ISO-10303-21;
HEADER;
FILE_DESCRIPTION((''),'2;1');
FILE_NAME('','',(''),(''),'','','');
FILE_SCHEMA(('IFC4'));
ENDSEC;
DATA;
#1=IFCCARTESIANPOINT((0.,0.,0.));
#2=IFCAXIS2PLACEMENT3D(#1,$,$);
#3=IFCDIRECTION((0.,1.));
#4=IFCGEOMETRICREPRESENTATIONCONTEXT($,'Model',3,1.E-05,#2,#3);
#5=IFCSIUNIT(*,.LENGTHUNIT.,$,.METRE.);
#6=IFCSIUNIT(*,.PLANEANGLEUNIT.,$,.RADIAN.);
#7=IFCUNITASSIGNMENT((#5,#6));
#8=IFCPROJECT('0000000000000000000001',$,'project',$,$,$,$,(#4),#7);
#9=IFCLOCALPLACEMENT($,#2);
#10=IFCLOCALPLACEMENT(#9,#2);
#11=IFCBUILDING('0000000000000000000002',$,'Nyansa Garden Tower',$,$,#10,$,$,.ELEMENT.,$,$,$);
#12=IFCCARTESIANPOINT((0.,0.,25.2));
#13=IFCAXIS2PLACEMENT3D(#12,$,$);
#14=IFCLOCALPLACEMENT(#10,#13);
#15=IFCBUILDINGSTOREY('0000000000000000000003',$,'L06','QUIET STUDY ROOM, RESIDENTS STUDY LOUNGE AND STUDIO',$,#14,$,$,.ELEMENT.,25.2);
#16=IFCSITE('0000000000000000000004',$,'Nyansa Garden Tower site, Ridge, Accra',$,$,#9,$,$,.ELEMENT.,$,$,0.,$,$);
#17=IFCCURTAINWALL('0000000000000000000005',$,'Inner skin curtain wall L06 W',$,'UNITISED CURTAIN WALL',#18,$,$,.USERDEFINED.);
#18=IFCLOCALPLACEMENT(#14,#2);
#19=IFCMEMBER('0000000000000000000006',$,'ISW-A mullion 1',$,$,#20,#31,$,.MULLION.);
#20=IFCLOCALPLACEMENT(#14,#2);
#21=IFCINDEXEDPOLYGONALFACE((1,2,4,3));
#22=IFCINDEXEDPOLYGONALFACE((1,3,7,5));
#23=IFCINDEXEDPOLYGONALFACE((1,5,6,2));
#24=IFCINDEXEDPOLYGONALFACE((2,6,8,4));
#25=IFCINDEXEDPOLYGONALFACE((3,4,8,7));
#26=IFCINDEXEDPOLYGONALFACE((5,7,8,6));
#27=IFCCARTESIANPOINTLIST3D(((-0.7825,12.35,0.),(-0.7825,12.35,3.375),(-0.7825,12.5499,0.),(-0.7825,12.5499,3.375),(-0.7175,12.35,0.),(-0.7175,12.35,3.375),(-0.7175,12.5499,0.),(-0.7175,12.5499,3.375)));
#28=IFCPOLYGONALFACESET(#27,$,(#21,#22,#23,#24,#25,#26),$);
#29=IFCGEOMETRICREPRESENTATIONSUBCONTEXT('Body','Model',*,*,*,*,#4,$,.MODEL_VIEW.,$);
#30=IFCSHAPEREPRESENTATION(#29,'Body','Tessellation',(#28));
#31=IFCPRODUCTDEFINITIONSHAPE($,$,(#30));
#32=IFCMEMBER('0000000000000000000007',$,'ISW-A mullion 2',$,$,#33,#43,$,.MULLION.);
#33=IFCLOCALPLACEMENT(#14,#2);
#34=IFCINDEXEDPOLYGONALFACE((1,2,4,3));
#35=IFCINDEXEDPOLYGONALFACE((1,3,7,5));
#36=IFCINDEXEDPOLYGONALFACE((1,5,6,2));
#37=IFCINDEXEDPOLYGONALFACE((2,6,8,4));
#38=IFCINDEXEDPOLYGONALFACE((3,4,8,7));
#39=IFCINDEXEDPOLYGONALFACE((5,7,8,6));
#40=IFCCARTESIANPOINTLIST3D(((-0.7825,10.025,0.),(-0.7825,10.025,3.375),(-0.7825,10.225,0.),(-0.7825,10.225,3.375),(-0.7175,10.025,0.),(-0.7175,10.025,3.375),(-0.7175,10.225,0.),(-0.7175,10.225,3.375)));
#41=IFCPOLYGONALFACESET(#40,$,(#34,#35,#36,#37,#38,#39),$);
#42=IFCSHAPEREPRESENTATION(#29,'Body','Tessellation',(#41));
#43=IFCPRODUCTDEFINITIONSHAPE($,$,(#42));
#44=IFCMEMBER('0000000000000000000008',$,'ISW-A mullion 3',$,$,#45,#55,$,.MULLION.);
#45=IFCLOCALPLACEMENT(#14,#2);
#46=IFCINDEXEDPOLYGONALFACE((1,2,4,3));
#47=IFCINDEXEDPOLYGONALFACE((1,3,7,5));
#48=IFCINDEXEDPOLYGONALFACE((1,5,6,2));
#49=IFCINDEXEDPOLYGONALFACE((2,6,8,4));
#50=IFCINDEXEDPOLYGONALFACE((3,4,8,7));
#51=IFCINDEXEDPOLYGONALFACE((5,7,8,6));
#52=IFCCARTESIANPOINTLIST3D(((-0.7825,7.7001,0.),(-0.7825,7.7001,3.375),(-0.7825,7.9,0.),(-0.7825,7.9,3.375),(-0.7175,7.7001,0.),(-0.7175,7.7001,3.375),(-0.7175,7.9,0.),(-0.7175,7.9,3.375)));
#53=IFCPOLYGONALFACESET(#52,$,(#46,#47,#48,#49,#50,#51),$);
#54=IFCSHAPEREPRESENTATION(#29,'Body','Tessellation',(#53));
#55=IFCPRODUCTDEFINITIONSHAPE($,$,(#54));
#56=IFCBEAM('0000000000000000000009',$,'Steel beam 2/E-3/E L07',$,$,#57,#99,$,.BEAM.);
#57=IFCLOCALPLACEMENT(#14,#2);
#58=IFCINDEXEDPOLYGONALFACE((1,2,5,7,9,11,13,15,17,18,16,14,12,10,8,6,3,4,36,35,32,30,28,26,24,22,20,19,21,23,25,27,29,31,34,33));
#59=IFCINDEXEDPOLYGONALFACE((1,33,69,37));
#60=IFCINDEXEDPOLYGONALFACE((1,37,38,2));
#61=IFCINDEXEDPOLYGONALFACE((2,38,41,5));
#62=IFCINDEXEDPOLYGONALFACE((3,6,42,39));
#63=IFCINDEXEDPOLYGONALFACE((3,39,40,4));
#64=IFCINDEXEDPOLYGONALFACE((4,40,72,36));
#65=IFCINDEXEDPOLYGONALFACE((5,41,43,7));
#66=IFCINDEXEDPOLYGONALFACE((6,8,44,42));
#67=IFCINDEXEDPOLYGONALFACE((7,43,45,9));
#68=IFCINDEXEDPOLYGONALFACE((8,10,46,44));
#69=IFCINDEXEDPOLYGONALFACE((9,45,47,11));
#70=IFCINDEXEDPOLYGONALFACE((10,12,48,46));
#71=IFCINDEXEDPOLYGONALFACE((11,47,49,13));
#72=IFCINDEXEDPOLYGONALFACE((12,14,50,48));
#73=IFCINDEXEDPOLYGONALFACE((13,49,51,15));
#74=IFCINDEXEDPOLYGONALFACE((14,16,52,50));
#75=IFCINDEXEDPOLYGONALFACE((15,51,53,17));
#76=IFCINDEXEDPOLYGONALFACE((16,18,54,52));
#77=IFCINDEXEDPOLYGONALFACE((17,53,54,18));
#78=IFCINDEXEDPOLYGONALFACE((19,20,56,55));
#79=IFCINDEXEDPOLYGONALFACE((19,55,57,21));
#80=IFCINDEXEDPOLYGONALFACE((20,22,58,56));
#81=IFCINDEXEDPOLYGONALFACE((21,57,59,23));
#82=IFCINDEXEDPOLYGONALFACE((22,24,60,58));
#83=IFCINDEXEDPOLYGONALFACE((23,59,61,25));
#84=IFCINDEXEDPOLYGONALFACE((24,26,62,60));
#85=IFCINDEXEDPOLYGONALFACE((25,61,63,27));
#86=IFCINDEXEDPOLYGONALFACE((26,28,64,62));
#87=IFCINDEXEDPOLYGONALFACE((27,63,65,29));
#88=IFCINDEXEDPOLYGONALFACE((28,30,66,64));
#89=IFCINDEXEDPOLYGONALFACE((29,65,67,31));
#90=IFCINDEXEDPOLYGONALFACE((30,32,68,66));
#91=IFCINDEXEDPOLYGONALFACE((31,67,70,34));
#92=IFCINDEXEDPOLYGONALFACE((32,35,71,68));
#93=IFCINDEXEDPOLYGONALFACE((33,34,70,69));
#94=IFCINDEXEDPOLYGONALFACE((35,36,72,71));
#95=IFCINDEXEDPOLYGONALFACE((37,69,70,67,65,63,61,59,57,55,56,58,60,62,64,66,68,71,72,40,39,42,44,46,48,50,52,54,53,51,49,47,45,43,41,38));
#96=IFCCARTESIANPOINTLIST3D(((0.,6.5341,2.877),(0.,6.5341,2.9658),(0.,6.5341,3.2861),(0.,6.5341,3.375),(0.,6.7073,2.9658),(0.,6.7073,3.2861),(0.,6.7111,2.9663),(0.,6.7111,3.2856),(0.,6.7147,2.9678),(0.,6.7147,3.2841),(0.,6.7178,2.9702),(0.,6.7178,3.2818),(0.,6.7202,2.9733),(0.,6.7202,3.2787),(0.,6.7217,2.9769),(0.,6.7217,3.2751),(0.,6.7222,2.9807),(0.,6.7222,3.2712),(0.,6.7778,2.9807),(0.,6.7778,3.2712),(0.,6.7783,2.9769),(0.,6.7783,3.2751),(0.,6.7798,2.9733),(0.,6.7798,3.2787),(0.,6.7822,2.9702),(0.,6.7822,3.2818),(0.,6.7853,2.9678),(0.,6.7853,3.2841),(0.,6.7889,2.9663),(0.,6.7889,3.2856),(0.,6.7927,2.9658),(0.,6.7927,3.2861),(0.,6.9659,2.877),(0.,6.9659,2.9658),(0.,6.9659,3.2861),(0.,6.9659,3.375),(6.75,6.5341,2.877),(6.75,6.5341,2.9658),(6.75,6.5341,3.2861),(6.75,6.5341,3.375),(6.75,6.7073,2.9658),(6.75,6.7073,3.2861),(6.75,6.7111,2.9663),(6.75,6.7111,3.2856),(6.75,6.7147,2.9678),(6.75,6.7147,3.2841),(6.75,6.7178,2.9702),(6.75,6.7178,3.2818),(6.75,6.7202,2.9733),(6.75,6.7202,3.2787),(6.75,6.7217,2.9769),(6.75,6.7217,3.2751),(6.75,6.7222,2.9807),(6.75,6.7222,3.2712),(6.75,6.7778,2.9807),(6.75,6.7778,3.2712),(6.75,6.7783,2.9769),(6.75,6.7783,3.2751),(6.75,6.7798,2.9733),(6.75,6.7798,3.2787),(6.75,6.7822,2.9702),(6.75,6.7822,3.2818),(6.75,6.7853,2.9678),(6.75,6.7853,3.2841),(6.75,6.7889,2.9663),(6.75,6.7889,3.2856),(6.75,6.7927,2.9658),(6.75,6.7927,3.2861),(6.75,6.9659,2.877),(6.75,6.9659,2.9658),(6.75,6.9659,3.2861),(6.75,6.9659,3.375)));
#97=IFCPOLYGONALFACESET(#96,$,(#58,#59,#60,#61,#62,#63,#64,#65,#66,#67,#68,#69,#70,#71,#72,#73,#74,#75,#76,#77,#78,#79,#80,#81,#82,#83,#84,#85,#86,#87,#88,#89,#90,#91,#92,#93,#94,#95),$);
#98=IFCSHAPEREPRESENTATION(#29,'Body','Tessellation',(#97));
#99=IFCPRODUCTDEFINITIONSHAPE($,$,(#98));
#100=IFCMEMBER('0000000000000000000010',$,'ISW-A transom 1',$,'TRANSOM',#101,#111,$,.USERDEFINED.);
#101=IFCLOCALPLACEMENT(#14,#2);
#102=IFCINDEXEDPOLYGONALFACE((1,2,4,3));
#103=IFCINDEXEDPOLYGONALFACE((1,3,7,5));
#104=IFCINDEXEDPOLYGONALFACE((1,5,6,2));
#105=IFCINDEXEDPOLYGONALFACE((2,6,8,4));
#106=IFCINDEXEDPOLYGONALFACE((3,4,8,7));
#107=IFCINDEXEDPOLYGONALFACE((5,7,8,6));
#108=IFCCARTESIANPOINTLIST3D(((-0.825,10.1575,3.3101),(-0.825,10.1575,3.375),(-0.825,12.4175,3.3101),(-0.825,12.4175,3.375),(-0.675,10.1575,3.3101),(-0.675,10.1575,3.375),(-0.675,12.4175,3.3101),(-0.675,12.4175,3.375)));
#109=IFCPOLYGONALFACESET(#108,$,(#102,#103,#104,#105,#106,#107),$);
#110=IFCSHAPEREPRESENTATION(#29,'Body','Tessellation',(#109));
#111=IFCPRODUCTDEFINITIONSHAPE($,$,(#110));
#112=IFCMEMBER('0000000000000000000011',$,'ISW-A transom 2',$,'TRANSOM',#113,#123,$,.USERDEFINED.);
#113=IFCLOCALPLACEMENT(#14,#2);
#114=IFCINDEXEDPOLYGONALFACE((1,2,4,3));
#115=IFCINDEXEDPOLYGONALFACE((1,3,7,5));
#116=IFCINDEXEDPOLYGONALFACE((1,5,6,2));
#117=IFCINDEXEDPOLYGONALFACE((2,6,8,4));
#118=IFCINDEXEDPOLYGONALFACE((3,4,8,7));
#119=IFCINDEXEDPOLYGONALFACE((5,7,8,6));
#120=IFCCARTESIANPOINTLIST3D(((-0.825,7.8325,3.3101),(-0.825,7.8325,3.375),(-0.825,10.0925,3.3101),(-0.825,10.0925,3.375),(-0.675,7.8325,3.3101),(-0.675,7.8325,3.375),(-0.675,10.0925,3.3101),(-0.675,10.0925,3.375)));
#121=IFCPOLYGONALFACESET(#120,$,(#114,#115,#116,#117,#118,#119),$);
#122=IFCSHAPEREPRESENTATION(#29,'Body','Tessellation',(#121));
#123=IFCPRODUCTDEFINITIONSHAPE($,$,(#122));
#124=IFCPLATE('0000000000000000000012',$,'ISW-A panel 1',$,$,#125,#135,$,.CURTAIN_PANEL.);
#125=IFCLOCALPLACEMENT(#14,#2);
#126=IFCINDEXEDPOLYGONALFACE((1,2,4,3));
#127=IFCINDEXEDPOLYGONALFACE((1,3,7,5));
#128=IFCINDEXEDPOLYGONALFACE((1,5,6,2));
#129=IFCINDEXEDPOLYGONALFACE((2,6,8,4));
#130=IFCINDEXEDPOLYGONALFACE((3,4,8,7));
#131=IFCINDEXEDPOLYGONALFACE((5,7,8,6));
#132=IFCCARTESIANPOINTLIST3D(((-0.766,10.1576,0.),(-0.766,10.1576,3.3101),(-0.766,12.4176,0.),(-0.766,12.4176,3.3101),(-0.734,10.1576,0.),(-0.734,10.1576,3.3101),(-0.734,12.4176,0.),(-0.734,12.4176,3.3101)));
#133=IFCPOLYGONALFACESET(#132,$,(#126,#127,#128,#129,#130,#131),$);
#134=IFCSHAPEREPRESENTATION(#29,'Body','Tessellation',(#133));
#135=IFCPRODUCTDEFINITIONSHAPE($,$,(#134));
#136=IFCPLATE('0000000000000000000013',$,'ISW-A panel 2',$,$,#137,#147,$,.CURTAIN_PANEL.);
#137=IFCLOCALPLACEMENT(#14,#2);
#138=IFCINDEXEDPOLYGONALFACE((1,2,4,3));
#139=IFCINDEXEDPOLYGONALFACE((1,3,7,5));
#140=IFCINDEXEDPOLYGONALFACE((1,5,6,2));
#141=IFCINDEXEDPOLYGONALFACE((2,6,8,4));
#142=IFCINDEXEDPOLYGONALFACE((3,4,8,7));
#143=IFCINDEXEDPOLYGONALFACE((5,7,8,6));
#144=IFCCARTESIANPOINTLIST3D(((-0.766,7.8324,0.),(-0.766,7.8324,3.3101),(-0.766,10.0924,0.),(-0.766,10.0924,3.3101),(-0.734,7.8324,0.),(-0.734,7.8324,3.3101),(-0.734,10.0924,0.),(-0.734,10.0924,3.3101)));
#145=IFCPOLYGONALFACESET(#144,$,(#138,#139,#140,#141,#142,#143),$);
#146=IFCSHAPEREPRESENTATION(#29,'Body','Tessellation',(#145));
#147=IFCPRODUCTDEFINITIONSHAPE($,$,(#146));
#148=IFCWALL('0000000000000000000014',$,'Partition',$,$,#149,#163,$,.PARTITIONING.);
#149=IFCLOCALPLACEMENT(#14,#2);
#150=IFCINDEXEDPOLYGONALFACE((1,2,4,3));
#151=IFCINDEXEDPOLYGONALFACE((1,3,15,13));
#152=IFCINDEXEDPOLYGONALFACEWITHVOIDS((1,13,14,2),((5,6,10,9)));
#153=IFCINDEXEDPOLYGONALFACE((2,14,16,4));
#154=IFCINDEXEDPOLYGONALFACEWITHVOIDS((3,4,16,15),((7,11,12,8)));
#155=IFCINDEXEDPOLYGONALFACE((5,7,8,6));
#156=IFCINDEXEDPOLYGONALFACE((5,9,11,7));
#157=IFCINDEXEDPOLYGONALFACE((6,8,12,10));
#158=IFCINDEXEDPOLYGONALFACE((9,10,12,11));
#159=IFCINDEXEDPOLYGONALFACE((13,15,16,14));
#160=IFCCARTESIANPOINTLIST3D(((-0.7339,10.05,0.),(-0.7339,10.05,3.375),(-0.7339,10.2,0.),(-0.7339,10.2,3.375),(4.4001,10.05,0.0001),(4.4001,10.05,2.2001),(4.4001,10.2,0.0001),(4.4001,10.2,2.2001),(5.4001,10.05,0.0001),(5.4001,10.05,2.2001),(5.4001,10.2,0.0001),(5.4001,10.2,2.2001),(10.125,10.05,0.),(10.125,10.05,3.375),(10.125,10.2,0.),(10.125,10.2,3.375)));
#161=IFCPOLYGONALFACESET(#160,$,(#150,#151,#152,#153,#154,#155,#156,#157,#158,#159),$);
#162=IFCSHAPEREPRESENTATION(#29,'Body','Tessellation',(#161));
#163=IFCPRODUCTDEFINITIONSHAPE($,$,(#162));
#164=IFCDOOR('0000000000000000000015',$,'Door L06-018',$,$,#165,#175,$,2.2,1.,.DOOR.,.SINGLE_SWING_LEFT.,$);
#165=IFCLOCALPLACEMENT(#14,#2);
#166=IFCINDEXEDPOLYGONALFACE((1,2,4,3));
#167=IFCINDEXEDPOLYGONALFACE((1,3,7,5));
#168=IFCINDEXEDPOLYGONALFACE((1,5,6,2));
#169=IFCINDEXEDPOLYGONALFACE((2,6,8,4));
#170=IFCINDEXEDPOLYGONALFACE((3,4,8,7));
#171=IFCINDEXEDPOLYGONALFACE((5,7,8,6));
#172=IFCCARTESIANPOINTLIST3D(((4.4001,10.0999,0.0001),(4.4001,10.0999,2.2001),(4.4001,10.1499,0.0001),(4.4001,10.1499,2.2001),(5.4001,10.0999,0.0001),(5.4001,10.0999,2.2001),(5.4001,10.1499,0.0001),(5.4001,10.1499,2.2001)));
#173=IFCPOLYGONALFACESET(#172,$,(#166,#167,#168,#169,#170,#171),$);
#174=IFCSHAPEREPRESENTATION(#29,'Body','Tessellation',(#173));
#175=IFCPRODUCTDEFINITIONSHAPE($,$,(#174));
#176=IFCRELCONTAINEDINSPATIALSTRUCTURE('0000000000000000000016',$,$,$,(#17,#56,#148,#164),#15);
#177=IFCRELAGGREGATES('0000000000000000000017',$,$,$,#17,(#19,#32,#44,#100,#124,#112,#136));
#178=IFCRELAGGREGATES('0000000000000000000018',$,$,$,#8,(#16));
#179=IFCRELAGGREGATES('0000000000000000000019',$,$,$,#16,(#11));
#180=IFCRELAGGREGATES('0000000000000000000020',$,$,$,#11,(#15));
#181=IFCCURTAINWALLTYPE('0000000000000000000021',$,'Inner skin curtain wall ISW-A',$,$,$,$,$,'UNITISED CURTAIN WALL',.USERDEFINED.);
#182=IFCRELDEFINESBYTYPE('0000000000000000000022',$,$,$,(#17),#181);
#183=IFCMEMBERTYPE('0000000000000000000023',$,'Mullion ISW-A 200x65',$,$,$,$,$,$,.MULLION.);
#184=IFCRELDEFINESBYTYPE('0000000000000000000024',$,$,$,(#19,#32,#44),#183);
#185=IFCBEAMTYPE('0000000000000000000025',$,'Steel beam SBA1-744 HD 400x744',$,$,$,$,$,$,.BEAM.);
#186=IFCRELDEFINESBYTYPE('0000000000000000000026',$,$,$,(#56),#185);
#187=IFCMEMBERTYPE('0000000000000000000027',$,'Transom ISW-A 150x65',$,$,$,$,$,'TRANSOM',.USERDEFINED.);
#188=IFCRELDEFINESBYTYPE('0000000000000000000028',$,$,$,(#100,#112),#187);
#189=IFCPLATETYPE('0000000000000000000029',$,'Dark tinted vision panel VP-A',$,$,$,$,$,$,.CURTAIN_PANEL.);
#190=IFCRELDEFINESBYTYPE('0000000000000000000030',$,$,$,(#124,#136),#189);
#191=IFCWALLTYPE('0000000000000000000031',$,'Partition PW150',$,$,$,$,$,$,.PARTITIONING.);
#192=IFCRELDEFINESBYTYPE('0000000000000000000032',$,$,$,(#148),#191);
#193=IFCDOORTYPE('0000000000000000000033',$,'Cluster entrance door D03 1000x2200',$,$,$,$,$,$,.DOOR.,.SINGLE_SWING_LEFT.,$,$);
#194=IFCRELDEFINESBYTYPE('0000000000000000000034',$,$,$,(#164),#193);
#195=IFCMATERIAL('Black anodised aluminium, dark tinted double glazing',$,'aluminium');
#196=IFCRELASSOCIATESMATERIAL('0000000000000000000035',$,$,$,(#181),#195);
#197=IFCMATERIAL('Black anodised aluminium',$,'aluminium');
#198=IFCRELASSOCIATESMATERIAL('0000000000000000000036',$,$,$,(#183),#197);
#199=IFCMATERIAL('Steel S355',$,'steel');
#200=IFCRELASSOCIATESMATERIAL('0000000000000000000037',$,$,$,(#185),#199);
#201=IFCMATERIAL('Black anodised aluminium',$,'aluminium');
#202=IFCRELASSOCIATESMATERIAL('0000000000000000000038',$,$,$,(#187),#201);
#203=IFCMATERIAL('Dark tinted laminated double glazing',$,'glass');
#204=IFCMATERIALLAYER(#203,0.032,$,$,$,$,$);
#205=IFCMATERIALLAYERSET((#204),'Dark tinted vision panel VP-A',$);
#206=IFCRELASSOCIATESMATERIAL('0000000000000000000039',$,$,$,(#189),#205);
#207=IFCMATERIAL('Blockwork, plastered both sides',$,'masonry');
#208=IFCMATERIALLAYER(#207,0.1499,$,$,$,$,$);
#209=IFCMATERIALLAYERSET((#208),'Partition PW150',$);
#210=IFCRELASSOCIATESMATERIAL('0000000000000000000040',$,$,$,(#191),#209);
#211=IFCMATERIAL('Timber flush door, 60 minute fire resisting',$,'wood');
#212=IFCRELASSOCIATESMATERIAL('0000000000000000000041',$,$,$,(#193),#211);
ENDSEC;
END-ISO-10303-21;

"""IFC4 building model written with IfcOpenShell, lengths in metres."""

from ifc_helpers import new_model, si_unit, direction, frame, frame_2d, origin, origin_2d, place, context, subcontext, project, spatial, rectangle, i_section, extrude, material, layer, layer_set, material_profile, profile_set, type_object, element, fill, aggregate, save


model = new_model("IFC4")

# Units and contexts
model_context = context("Model", 3, precision=1e-05, world=origin(), true_north=direction((0.0, 1.0)))
body_context = subcontext(model_context, "Body", "Model", "MODEL_VIEW")
ifc_project = project(units=[si_unit("LENGTHUNIT", "METRE"), si_unit("PLANEANGLEUNIT", "RADIAN")], contexts=[model_context])

# Site, building, storey
site_placement = place(None, origin())
site = spatial("IfcSite", under=ifc_project, at=site_placement, Name="Nyansa Garden Tower site, Ridge, Accra", CompositionType="ELEMENT", RefElevation=0.0)
building_placement = place(site_placement, origin())
building = spatial("IfcBuilding", under=site, at=building_placement, Name="Nyansa Garden Tower", CompositionType="ELEMENT")
storey_placement = place(building_placement, frame((0.0, 0.0, 25.2)))
storey = spatial("IfcBuildingStorey", under=building, at=storey_placement, Name="L06", Description="QUIET STUDY ROOM, RESIDENTS STUDY LOUNGE AND STUDIO", CompositionType="ELEMENT", Elevation=25.2)

# Curtain wall, members
ifc_material_1 = material(Name="Black anodised aluminium, dark tinted double glazing", Category="aluminium")
curtain_wall_type = type_object("IfcCurtainWallType", Name="Inner skin curtain wall ISW-A", ElementType="UNITISED CURTAIN WALL", PredefinedType="USERDEFINED", material=ifc_material_1)
curtain_wall_placement = place(storey_placement, origin())
curtain_wall = element("IfcCurtainWall", 1, at=curtain_wall_placement, inside=storey, type_object=curtain_wall_type, Name="Inner skin curtain wall L06 W", ObjectType="UNITISED CURTAIN WALL", PredefinedType="USERDEFINED")
ifc_material_2 = material(Name="Black anodised aluminium", Category="aluminium")
ifc_material_profile_1 = material_profile(ifc_material_2, rectangle(XDim=0.0649, YDim=0.2, at=origin_2d()), Name="Mullion 200x65")
ifc_profile_set_1 = profile_set([ifc_material_profile_1], Name="Black anodised aluminium")
member_type_1 = type_object("IfcMemberType", Name="Mullion ISW-A 200x65", PredefinedType="MULLION", material=ifc_profile_set_1)
member_1_placement = place(storey_placement, frame((-0.75, 12.45, 0.0), z_axis=(0.0, 0.0, 1.0), x_axis=(1.0, 0.0, 0.0)))
member_1 = element("IfcMember", 2, at=member_1_placement, type_object=member_type_1, Name="ISW-A mullion 1", PredefinedType="MULLION", context=body_context, shape_type="SweptSolid", body=[
    extrude(rectangle(XDim=0.0649, YDim=0.2, at=origin_2d()), origin(), (0.0, 0.0, 1.0), 3.375),
])
member_2_placement = place(storey_placement, frame((-0.75, 10.125, 0.0), z_axis=(0.0, 0.0, 1.0), x_axis=(1.0, 0.0, 0.0)))
member_2 = element("IfcMember", 3, at=member_2_placement, type_object=member_type_1, Name="ISW-A mullion 2", PredefinedType="MULLION", context=body_context, shape_type="SweptSolid", body=[
    extrude(rectangle(XDim=0.0649, YDim=0.2, at=origin_2d()), origin(), (0.0, 0.0, 1.0), 3.375),
])
member_3_placement = place(storey_placement, frame((-0.75, 7.8, 0.0), z_axis=(0.0, 0.0, 1.0), x_axis=(1.0, 0.0, 0.0)))
member_3 = element("IfcMember", 4, at=member_3_placement, type_object=member_type_1, Name="ISW-A mullion 3", PredefinedType="MULLION", context=body_context, shape_type="SweptSolid", body=[
    extrude(rectangle(XDim=0.0649, YDim=0.2, at=origin_2d()), origin(), (0.0, 0.0, 1.0), 3.375),
])

# Beam
ifc_material_3 = material(Name="Steel S355", Category="steel")
ifc_material_profile_2 = material_profile(ifc_material_3, i_section(OverallWidth=0.4319, OverallDepth=0.498, WebThickness=0.0557, FlangeThickness=0.0889, FilletRadius=0.0149, at=origin_2d()), Name="HD 400x744")
ifc_profile_set_2 = profile_set([ifc_material_profile_2], Name="Steel S355")
beam_type = type_object("IfcBeamType", Name="Steel beam SBA1-744 HD 400x744", PredefinedType="BEAM", material=ifc_profile_set_2)
beam_placement = place(storey_placement, frame((0.0, 6.75, 3.126), z_axis=(1.0, 0.0, 0.0), x_axis=(0.0, 1.0, 0.0)))
element("IfcBeam", 5, at=beam_placement, inside=storey, type_object=beam_type, Name="Steel beam 2/E-3/E L07", PredefinedType="BEAM", context=body_context, shape_type="SweptSolid", body=[
    extrude(i_section(OverallWidth=0.4319, OverallDepth=0.498, WebThickness=0.0557, FlangeThickness=0.0889, FilletRadius=0.0149, at=origin_2d()), origin(), (0.0, 0.0, 1.0), 6.75),
])

# Members
ifc_material_4 = material(Name="Black anodised aluminium", Category="aluminium")
ifc_material_profile_3 = material_profile(ifc_material_4, rectangle(XDim=0.1499, YDim=0.0649, at=origin_2d()), Name="Transom 150x65")
ifc_profile_set_3 = profile_set([ifc_material_profile_3], Name="Black anodised aluminium")
member_type_2 = type_object("IfcMemberType", Name="Transom ISW-A 150x65", ElementType="TRANSOM", PredefinedType="USERDEFINED", material=ifc_profile_set_3)
member_4_placement = place(storey_placement, frame((-0.75, 12.4175, 3.3425), z_axis=(0.0, -1.0, 0.0), x_axis=(1.0, 0.0, 0.0)))
member_4 = element("IfcMember", 6, at=member_4_placement, type_object=member_type_2, Name="ISW-A transom 1", ObjectType="TRANSOM", PredefinedType="USERDEFINED", context=body_context, shape_type="SweptSolid", body=[
    extrude(rectangle(XDim=0.1499, YDim=0.0649, at=origin_2d()), origin(), (0.0, 0.0, 1.0), 2.26),
])
member_5_placement = place(storey_placement, frame((-0.75, 10.0925, 3.3425), z_axis=(0.0, -1.0, 0.0), x_axis=(1.0, 0.0, 0.0)))
member_5 = element("IfcMember", 7, at=member_5_placement, type_object=member_type_2, Name="ISW-A transom 2", ObjectType="TRANSOM", PredefinedType="USERDEFINED", context=body_context, shape_type="SweptSolid", body=[
    extrude(rectangle(XDim=0.1499, YDim=0.0649, at=origin_2d()), origin(), (0.0, 0.0, 1.0), 2.26),
])

# Plates
ifc_material_5 = material(Name="Dark tinted laminated double glazing", Category="glass")
ifc_layer_1 = layer(ifc_material_5, 0.032)
ifc_layer_set_1 = layer_set([ifc_layer_1], Name="Dark tinted vision panel VP-A")
plate_type = type_object("IfcPlateType", Name="Dark tinted vision panel VP-A", PredefinedType="CURTAIN_PANEL", material=ifc_layer_set_1)
plate_1_placement = place(storey_placement, frame((-0.75, 11.2876, 0.0), z_axis=(0.0, 0.0, 1.0), x_axis=(0.0, -1.0, 0.0)))
plate_1 = element("IfcPlate", 8, at=plate_1_placement, type_object=plate_type, Name="ISW-A panel 1", PredefinedType="CURTAIN_PANEL", context=body_context, shape_type="SweptSolid", body=[
    extrude(rectangle(XDim=2.26, YDim=0.032, at=origin_2d()), origin(), (0.0, 0.0, 1.0), 3.3101),
])
plate_2_placement = place(storey_placement, frame((-0.75, 8.9624, 0.0), z_axis=(0.0, 0.0, 1.0), x_axis=(0.0, -1.0, 0.0)))
plate_2 = element("IfcPlate", 9, at=plate_2_placement, type_object=plate_type, Name="ISW-A panel 2", PredefinedType="CURTAIN_PANEL", context=body_context, shape_type="SweptSolid", body=[
    extrude(rectangle(XDim=2.26, YDim=0.032, at=origin_2d()), origin(), (0.0, 0.0, 1.0), 3.3101),
])
aggregate(curtain_wall, [member_1, member_2, member_3, member_4, plate_1, member_5, plate_2])

# Wall, opening, door
ifc_material_6 = material(Name="Blockwork, plastered both sides", Category="masonry")
ifc_layer_2 = layer(ifc_material_6, 0.1499)
ifc_layer_set_2 = layer_set([ifc_layer_2], Name="Partition PW150")
wall_type_1 = type_object("IfcWallType", Name="Partition PW150", PredefinedType="PARTITIONING", material=ifc_layer_set_2)
wall_1_placement = place(storey_placement, frame((-0.7339, 10.125, 0.0), z_axis=(0.0, 0.0, 1.0), x_axis=(1.0, 0.0, 0.0)))
wall_1 = element("IfcWall", 10, at=wall_1_placement, inside=storey, type_object=wall_type_1, Name="Partition", PredefinedType="PARTITIONING", context=body_context, shape_type="SweptSolid", body=[
    extrude(rectangle(XDim=10.8589, YDim=0.1499, at=frame_2d((5.4294, 0.0))), origin(), (0.0, 0.0, 1.0), 3.375),
])
opening_1_placement = place(wall_1_placement, frame((5.134, 0.0, 0.0)))
opening_1 = element("IfcOpeningElement", 11, at=opening_1_placement, cuts=wall_1, PredefinedType="OPENING", context=body_context, shape_type="SweptSolid", body=[
    extrude(rectangle(XDim=1.0, YDim=2.2, at=frame_2d((0.5, 1.1001))), frame((0.0, 0.085, 0.0), z_axis=(0.0, -1.0, 0.0), x_axis=(1.0, 0.0, 0.0)), (0.0, 0.0, 1.0), 0.1699),
])
ifc_material_7 = material(Name="Timber flush door, 60 minute fire resisting", Category="wood")
door_type_1 = type_object("IfcDoorType", Name="Cluster entrance door D03 1000x2200", OperationType="SINGLE_SWING_LEFT", PredefinedType="DOOR", material=ifc_material_7)
door_1_placement = place(opening_1_placement, origin())
door_1 = element("IfcDoor", 12, at=door_1_placement, inside=storey, type_object=door_type_1, Name="Door L06-018", OperationType="SINGLE_SWING_LEFT", OverallHeight=2.2, OverallWidth=1.0, PredefinedType="DOOR", context=body_context, shape_type="SweptSolid", body=[
    extrude(rectangle(XDim=1.0, YDim=2.2, at=frame_2d((0.5, 1.1001))), frame((0.0, 0.0249, 0.0), z_axis=(0.0, -1.0, 0.0), x_axis=(1.0, 0.0, 0.0)), (0.0, 0.0, 1.0), 0.05),
])
fill(opening_1, door_1)

save(model, "model.ifc")
